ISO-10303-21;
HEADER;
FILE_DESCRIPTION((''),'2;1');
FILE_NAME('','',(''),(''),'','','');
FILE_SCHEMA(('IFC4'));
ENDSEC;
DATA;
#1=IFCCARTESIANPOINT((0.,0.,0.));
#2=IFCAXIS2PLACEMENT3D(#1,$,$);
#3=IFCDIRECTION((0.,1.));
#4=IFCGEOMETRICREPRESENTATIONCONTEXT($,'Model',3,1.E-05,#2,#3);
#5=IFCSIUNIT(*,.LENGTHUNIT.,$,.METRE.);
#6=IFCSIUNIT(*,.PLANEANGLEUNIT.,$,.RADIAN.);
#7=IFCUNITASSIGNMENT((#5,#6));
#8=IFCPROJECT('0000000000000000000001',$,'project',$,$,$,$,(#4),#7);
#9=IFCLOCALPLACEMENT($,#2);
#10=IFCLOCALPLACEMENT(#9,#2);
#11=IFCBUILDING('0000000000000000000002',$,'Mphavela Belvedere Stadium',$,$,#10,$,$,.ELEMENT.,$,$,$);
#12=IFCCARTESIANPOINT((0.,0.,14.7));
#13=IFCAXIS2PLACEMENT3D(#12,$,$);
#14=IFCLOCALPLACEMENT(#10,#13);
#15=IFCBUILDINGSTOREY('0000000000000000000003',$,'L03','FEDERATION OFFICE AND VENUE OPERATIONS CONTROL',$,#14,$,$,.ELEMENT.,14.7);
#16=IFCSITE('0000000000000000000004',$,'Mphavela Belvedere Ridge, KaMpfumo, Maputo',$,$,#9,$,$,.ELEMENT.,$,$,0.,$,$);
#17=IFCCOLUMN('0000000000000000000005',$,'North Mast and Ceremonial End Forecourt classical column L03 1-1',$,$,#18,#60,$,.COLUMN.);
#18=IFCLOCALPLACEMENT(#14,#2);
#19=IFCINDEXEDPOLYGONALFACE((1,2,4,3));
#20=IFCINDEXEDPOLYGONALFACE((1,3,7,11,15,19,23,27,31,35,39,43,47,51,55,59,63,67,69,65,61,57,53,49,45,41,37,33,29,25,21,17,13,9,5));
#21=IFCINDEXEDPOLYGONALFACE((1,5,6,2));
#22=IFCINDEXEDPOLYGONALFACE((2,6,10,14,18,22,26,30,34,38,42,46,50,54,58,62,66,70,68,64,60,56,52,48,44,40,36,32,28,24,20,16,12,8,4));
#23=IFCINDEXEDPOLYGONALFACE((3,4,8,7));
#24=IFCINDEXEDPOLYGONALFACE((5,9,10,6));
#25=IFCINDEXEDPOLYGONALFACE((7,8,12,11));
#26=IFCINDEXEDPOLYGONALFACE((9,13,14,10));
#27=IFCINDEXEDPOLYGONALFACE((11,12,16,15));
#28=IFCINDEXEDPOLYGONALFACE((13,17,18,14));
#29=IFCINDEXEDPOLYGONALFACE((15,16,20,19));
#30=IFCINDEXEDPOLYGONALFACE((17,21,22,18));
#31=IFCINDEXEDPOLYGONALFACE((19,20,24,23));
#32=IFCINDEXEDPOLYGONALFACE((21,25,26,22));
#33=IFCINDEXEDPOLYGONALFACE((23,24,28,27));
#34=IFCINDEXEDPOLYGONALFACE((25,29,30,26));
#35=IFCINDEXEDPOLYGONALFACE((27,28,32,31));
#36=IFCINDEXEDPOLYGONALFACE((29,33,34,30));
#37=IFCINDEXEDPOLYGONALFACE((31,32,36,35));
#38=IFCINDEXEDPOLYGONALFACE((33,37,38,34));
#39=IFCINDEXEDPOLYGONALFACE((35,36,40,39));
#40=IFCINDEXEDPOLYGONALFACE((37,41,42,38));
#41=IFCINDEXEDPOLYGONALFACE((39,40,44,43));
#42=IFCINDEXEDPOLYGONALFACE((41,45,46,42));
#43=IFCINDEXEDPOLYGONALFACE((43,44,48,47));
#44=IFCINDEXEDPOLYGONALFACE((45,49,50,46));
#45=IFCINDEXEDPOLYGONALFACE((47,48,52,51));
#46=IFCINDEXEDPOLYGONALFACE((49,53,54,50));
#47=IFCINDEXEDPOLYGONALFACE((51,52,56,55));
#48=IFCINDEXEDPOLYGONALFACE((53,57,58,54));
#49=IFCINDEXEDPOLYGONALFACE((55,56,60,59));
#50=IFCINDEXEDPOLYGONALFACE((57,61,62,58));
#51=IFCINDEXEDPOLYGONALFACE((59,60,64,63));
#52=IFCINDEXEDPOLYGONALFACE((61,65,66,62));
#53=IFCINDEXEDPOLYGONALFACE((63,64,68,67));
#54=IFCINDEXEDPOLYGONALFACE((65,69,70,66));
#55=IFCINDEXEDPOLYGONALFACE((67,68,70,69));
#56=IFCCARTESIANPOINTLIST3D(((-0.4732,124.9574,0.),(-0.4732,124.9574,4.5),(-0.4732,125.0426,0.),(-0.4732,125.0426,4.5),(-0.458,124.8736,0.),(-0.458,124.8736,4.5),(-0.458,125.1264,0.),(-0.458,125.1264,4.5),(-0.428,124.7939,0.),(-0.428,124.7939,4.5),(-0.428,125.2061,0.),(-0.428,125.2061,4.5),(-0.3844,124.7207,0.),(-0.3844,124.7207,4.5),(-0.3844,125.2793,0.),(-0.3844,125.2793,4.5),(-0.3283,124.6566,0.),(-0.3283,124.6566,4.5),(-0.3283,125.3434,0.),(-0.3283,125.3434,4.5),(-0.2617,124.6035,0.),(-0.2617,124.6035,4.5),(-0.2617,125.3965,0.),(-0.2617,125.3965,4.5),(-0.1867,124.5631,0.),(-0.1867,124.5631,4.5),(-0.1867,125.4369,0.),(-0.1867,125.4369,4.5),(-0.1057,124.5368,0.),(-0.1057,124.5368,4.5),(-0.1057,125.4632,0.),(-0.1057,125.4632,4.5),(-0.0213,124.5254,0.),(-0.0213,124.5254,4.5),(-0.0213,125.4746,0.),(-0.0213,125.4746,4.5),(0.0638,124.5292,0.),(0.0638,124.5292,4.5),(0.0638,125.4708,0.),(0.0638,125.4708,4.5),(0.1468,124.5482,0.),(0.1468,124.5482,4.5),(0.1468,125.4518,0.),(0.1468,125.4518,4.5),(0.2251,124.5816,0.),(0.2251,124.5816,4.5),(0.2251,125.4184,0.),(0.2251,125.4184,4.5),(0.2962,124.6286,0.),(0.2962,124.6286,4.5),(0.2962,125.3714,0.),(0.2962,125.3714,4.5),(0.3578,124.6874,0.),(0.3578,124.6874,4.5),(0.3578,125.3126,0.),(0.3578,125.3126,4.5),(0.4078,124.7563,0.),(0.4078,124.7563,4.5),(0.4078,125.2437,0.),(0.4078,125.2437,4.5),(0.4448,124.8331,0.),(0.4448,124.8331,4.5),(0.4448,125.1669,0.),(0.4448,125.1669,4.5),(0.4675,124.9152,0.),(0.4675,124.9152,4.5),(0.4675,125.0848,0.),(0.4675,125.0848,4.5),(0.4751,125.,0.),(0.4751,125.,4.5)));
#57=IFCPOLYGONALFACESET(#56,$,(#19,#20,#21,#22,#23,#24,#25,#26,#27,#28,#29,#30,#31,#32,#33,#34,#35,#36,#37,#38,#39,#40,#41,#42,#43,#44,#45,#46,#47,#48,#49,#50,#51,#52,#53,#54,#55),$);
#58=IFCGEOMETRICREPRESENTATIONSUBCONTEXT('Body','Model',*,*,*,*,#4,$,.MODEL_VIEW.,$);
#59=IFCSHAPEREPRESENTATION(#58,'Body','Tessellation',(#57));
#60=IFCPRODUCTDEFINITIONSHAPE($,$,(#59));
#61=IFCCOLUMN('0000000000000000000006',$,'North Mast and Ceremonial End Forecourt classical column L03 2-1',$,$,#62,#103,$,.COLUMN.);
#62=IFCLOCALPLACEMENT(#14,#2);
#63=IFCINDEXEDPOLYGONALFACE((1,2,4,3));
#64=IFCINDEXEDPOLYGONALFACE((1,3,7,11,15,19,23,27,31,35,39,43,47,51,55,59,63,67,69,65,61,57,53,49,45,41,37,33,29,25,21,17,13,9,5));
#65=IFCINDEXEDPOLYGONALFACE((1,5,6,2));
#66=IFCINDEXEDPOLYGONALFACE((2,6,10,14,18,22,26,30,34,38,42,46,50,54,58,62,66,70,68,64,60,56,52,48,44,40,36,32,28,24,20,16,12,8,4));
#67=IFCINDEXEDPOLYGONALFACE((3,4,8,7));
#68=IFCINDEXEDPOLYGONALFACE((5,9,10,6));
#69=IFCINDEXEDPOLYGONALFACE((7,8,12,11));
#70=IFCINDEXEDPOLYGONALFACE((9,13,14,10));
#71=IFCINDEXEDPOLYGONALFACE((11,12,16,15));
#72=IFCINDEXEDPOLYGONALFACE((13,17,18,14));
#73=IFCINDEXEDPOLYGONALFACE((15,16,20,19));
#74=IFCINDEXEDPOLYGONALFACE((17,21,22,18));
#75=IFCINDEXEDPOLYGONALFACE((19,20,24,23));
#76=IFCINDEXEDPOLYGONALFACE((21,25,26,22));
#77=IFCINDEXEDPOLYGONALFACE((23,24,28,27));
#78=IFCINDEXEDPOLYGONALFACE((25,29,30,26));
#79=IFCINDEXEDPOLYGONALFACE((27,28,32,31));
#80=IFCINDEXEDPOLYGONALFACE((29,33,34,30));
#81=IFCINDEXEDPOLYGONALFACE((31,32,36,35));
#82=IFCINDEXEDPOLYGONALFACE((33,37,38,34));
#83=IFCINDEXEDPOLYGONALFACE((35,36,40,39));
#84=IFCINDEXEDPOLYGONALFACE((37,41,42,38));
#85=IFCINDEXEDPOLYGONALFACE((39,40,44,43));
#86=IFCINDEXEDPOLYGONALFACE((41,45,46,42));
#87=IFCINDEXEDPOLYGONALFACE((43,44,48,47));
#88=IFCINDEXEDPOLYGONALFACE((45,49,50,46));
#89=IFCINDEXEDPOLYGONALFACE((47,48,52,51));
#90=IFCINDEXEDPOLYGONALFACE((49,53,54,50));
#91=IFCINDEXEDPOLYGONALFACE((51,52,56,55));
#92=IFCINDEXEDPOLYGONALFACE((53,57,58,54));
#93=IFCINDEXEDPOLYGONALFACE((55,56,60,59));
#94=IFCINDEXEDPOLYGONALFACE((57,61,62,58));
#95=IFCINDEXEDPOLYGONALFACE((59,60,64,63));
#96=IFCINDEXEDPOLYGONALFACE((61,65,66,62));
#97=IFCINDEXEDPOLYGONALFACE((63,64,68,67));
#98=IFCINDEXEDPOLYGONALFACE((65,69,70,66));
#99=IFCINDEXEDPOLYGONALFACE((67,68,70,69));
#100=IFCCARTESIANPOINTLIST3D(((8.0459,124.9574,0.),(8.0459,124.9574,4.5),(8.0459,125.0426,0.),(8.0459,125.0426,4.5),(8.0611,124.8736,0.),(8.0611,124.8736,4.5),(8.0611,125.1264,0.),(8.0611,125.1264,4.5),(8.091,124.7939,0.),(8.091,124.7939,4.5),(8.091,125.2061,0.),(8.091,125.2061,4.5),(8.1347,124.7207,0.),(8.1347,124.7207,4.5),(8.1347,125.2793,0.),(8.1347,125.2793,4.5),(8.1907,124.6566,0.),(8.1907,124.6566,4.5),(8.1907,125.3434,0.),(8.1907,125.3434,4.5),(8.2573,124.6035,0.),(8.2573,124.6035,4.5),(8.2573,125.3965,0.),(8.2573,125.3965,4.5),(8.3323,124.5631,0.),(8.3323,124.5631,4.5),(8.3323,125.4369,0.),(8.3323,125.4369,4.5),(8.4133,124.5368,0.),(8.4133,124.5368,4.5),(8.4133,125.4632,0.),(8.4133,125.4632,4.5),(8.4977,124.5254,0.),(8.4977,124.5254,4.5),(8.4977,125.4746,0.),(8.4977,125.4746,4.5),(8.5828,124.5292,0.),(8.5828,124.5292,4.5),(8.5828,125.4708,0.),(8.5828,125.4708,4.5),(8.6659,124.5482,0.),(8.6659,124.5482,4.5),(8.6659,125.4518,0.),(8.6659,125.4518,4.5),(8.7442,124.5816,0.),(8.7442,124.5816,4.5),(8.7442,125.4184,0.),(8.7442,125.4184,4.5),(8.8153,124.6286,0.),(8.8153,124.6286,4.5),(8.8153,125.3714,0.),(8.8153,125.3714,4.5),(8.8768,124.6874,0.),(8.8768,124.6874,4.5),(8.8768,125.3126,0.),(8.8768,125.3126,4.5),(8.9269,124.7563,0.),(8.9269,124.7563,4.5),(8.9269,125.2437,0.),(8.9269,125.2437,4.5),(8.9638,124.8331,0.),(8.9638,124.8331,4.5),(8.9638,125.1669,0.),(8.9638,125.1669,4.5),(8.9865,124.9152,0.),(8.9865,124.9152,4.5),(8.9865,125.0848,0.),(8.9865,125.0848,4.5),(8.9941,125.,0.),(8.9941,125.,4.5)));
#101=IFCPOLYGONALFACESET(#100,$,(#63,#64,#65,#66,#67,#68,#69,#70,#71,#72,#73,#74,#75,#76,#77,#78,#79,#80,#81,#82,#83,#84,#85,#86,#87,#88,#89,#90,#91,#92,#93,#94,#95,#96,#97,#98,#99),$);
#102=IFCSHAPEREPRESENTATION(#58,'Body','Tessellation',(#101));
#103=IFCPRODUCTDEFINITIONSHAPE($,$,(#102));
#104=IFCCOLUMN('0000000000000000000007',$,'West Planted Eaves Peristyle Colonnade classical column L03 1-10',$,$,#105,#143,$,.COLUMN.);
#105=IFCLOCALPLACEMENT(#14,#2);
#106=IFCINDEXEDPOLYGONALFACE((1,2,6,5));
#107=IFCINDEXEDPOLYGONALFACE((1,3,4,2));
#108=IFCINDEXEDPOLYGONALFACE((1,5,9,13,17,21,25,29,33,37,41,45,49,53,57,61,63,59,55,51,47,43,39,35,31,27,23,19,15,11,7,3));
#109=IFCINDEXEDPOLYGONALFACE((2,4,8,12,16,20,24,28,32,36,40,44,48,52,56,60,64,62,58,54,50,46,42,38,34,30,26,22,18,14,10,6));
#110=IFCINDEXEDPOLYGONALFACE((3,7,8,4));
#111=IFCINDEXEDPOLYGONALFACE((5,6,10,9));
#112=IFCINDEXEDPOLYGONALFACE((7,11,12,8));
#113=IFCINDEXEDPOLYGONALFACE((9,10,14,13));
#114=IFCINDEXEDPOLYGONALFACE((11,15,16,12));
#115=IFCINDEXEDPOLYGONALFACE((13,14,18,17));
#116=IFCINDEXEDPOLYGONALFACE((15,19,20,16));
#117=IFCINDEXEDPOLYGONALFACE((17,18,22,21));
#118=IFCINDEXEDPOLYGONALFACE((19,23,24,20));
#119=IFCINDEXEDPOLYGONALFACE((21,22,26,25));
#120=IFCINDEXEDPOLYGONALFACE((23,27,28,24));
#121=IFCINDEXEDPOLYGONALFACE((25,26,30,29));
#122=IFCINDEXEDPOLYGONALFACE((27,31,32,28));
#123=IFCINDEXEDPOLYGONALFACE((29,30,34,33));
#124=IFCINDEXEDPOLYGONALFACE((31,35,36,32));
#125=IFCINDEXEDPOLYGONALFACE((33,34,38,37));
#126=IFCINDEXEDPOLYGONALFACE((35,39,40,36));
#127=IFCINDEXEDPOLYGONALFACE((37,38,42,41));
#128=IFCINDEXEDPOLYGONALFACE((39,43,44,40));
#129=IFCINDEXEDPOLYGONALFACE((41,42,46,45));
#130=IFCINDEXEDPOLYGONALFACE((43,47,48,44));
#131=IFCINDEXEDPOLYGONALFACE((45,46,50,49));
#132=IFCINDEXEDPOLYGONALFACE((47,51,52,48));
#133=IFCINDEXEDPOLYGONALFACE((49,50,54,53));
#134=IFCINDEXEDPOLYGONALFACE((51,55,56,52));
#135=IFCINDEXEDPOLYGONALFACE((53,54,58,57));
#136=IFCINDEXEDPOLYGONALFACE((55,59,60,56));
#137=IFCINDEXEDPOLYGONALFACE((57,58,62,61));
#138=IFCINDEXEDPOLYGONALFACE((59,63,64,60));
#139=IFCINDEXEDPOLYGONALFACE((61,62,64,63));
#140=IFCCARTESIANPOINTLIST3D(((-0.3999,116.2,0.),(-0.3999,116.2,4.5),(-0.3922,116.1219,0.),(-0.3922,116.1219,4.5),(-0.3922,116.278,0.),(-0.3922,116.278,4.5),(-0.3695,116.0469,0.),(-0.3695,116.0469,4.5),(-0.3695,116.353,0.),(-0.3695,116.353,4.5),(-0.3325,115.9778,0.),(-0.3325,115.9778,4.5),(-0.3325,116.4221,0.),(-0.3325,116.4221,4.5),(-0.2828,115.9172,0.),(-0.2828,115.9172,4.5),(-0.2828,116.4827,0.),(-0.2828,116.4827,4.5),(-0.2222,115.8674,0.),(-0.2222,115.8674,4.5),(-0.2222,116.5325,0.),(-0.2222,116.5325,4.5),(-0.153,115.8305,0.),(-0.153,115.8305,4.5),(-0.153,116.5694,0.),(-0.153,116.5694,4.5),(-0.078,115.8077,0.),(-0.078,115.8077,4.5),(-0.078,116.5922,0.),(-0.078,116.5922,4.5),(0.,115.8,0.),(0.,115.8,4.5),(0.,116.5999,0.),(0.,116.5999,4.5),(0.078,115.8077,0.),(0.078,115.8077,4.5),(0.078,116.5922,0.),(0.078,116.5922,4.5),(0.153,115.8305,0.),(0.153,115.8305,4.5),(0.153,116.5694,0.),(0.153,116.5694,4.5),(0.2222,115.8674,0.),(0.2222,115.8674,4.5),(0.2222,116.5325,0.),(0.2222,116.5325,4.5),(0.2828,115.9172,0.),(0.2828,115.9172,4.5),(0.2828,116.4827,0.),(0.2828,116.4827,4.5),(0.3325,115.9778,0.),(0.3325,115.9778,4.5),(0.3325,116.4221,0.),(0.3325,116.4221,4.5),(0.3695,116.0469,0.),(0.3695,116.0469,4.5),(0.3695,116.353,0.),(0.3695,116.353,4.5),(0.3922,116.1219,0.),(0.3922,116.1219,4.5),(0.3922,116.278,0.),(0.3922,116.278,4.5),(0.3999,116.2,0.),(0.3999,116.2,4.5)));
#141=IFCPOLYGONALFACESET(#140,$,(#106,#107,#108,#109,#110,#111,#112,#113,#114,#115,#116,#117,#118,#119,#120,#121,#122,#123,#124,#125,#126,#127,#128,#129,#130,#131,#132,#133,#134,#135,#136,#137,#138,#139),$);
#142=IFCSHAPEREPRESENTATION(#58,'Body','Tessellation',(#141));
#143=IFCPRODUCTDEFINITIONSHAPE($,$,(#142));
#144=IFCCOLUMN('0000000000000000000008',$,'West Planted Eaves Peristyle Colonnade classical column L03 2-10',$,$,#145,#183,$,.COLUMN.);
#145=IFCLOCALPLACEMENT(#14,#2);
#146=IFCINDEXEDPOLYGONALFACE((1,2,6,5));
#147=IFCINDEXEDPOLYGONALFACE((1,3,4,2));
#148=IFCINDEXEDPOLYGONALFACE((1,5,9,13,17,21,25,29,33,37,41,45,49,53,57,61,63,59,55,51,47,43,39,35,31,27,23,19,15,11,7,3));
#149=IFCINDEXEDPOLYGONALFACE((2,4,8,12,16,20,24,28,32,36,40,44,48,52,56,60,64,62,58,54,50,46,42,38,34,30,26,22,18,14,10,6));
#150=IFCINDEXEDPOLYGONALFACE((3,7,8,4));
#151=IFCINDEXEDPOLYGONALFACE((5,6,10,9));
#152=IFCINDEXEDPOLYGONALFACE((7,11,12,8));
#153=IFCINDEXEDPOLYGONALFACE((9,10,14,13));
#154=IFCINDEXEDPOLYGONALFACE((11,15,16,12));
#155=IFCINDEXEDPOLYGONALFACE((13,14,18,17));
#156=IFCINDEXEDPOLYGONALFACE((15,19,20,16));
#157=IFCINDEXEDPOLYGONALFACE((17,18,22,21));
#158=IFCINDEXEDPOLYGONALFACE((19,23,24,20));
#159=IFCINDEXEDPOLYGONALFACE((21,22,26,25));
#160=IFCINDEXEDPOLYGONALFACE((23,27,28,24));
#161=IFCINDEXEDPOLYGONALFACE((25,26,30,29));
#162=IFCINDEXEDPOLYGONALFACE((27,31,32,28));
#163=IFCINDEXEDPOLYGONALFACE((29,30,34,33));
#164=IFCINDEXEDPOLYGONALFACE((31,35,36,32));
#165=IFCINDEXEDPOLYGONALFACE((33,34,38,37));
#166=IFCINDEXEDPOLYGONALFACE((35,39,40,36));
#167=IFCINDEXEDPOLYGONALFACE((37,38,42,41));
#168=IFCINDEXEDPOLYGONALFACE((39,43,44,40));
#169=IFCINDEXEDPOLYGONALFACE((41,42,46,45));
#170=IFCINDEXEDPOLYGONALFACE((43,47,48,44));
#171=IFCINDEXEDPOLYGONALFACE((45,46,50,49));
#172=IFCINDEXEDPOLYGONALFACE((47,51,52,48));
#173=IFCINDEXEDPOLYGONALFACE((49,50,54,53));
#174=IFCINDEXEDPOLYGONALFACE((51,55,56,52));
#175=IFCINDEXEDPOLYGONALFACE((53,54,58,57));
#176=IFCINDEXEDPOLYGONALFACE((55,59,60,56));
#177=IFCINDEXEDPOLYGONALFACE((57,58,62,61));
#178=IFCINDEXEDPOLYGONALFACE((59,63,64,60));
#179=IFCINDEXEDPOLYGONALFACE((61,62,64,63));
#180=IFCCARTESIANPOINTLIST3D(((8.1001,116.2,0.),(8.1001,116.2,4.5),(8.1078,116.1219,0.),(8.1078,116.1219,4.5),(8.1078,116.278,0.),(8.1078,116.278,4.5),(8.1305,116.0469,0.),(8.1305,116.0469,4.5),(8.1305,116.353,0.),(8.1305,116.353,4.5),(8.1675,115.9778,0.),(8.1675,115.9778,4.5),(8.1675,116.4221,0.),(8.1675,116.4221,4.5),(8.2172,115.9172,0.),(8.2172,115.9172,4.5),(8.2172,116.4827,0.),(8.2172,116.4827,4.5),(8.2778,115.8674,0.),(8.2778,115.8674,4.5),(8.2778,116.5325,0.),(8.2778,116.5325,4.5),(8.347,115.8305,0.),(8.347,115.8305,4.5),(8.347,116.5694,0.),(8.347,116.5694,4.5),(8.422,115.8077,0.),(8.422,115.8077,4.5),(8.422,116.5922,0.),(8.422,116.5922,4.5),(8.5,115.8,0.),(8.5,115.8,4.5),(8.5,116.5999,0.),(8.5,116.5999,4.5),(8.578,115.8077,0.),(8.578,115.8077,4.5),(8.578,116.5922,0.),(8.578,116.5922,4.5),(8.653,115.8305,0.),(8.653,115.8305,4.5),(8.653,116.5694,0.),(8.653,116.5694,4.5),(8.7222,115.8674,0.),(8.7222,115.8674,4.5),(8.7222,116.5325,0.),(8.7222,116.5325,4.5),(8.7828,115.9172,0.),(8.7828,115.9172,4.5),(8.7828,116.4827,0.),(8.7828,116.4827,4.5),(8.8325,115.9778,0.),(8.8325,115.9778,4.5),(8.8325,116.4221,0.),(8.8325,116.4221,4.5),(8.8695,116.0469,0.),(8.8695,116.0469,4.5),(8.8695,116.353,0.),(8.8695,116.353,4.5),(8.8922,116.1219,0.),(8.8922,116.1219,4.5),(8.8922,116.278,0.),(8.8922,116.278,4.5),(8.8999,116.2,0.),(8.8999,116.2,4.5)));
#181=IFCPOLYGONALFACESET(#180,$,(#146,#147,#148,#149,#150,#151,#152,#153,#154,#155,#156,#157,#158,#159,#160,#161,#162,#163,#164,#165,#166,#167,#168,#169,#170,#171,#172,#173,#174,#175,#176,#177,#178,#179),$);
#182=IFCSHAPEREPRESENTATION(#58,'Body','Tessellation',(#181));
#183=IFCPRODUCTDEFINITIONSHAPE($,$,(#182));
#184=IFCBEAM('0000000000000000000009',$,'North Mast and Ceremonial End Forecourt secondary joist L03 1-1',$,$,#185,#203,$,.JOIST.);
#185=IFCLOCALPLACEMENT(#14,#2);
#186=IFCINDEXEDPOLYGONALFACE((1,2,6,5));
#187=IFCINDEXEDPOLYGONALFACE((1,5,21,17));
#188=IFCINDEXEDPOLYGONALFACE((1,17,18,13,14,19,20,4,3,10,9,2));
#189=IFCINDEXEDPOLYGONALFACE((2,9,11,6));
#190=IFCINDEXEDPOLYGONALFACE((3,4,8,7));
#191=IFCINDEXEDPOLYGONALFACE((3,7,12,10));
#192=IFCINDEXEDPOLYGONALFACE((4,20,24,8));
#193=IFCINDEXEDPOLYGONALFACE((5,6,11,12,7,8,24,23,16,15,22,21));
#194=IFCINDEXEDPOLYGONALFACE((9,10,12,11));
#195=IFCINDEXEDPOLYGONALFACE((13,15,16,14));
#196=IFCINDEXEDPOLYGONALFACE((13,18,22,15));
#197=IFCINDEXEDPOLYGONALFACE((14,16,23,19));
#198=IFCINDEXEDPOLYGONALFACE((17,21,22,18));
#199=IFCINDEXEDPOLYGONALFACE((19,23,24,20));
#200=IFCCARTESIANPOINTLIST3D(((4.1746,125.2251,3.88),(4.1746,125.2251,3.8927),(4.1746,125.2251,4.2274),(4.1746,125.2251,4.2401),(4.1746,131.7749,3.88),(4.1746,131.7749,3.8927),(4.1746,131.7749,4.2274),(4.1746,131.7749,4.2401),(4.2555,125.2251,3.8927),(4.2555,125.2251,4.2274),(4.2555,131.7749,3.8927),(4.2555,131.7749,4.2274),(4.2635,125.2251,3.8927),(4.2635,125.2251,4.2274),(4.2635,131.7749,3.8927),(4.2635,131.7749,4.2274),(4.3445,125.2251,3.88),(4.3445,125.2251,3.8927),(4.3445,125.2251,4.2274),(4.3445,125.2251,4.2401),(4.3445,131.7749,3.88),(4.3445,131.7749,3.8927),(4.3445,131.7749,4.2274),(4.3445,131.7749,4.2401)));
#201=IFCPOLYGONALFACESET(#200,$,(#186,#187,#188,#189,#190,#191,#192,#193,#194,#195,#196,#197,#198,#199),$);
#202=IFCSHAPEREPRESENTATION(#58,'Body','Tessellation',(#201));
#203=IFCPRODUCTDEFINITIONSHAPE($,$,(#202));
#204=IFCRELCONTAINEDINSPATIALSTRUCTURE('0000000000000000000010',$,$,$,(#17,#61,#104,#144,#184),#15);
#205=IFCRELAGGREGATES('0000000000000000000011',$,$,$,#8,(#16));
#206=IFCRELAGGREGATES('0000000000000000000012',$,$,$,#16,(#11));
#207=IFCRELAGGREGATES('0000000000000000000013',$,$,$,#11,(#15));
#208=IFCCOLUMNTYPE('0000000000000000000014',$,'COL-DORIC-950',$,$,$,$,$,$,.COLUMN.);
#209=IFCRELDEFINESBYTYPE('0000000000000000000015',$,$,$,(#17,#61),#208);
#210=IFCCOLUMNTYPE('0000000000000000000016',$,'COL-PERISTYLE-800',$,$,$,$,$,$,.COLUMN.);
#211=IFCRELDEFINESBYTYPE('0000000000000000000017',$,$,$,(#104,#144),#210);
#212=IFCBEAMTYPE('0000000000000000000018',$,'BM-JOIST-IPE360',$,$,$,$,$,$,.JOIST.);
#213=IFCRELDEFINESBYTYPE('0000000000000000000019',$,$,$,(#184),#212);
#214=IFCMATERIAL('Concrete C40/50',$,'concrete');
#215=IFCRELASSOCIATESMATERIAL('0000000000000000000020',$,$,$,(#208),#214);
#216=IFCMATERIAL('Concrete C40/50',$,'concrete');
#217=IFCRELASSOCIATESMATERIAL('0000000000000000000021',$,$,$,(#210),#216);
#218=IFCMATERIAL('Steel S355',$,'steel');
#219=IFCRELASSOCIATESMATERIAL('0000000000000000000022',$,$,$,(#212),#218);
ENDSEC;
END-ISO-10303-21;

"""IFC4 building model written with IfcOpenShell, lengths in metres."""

from ifc_helpers import new_model, si_unit, direction, frame, origin, origin_2d, place, context, subcontext, project, spatial, circle, i_section, extrude, material, material_profile, profile_set, type_object, element, save


model = new_model("IFC4")

# Units and contexts
model_context = context("Model", 3, precision=1e-05, world=origin(), true_north=direction((0.0, 1.0)))
body_context = subcontext(model_context, "Body", "Model", "MODEL_VIEW")
ifc_project = project(units=[si_unit("LENGTHUNIT", "METRE"), si_unit("PLANEANGLEUNIT", "RADIAN")], contexts=[model_context])

# Site, building, storey
site_placement = place(None, origin())
site = spatial("IfcSite", under=ifc_project, at=site_placement, Name="Mphavela Belvedere Ridge, KaMpfumo, Maputo", CompositionType="ELEMENT", RefElevation=0.0)
building_placement = place(site_placement, origin())
building = spatial("IfcBuilding", under=site, at=building_placement, Name="Mphavela Belvedere Stadium", CompositionType="ELEMENT")
storey_placement = place(building_placement, frame((0.0, 0.0, 14.7)))
storey = spatial("IfcBuildingStorey", under=building, at=storey_placement, Name="L03", Description="FEDERATION OFFICE AND VENUE OPERATIONS CONTROL", CompositionType="ELEMENT", Elevation=14.7)

# Columns
ifc_material_1 = material(Name="Concrete C40/50", Category="concrete")
ifc_material_profile_1 = material_profile(ifc_material_1, circle(Radius=0.4751, at=origin_2d()), Name="COL D950")
ifc_profile_set_1 = profile_set([ifc_material_profile_1], Name="Concrete C40/50")
column_type_1 = type_object("IfcColumnType", Name="COL-DORIC-950", PredefinedType="COLUMN", material=ifc_profile_set_1)
for number, where, z_axis, x_axis, name in (
    (1, (0.0, 125.0, 0.0), (0.0, 0.0, 1.0), (1.0, 0.0, 0.0), "North Mast and Ceremonial End Forecourt classical column L03 1-1"),
    (2, (8.519, 125.0, 0.0), (0.0, 0.0, 1.0), (1.0, 0.0, 0.0), "North Mast and Ceremonial End Forecourt classical column L03 2-1"),
):
    element("IfcColumn", number, at=place(storey_placement, frame(where, z_axis=z_axis, x_axis=x_axis)), inside=storey, type_object=column_type_1, Name=name, PredefinedType="COLUMN", context=body_context, shape_type="SweptSolid", body=[
        extrude(circle(Radius=0.4751, at=origin_2d()), origin(), (0.0, 0.0, 1.0), 4.5),
    ])
ifc_material_2 = material(Name="Concrete C40/50", Category="concrete")
ifc_material_profile_2 = material_profile(ifc_material_2, circle(Radius=0.3999, at=origin_2d()), Name="COL D800")
ifc_profile_set_2 = profile_set([ifc_material_profile_2], Name="Concrete C40/50")
column_type_2 = type_object("IfcColumnType", Name="COL-PERISTYLE-800", PredefinedType="COLUMN", material=ifc_profile_set_2)
for number, where, z_axis, x_axis, name in (
    (3, (0.0, 116.2, 0.0), (0.0, 0.0, 1.0), (1.0, 0.0, 0.0), "West Planted Eaves Peristyle Colonnade classical column L03 1-10"),
    (4, (8.5, 116.2, 0.0), (0.0, 0.0, 1.0), (1.0, 0.0, 0.0), "West Planted Eaves Peristyle Colonnade classical column L03 2-10"),
):
    element("IfcColumn", number, at=place(storey_placement, frame(where, z_axis=z_axis, x_axis=x_axis)), inside=storey, type_object=column_type_2, Name=name, PredefinedType="COLUMN", context=body_context, shape_type="SweptSolid", body=[
        extrude(circle(Radius=0.3999, at=origin_2d()), origin(), (0.0, 0.0, 1.0), 4.5),
    ])

# Beam
ifc_material_3 = material(Name="Steel S355", Category="steel")
ifc_material_profile_3 = material_profile(ifc_material_3, i_section(OverallWidth=0.1699, OverallDepth=0.3601, WebThickness=0.0081, FlangeThickness=0.0127, at=origin_2d()), Name="IPE 360")
ifc_profile_set_3 = profile_set([ifc_material_profile_3], Name="Steel S355")
beam_type_1 = type_object("IfcBeamType", Name="BM-JOIST-IPE360", PredefinedType="JOIST", material=ifc_profile_set_3)
beam_1_placement = place(storey_placement, frame((4.2595, 125.2251, 4.0601), z_axis=(0.0, 1.0, 0.0), x_axis=(-1.0, 0.0, 0.0)))
element("IfcBeam", 5, at=beam_1_placement, inside=storey, type_object=beam_type_1, Name="North Mast and Ceremonial End Forecourt secondary joist L03 1-1", PredefinedType="JOIST", context=body_context, shape_type="SweptSolid", body=[
    extrude(i_section(OverallWidth=0.1699, OverallDepth=0.3601, WebThickness=0.0081, FlangeThickness=0.0127, at=origin_2d()), origin(), (0.0, 0.0, 1.0), 6.5498),
])

save(model, "model.ifc")
